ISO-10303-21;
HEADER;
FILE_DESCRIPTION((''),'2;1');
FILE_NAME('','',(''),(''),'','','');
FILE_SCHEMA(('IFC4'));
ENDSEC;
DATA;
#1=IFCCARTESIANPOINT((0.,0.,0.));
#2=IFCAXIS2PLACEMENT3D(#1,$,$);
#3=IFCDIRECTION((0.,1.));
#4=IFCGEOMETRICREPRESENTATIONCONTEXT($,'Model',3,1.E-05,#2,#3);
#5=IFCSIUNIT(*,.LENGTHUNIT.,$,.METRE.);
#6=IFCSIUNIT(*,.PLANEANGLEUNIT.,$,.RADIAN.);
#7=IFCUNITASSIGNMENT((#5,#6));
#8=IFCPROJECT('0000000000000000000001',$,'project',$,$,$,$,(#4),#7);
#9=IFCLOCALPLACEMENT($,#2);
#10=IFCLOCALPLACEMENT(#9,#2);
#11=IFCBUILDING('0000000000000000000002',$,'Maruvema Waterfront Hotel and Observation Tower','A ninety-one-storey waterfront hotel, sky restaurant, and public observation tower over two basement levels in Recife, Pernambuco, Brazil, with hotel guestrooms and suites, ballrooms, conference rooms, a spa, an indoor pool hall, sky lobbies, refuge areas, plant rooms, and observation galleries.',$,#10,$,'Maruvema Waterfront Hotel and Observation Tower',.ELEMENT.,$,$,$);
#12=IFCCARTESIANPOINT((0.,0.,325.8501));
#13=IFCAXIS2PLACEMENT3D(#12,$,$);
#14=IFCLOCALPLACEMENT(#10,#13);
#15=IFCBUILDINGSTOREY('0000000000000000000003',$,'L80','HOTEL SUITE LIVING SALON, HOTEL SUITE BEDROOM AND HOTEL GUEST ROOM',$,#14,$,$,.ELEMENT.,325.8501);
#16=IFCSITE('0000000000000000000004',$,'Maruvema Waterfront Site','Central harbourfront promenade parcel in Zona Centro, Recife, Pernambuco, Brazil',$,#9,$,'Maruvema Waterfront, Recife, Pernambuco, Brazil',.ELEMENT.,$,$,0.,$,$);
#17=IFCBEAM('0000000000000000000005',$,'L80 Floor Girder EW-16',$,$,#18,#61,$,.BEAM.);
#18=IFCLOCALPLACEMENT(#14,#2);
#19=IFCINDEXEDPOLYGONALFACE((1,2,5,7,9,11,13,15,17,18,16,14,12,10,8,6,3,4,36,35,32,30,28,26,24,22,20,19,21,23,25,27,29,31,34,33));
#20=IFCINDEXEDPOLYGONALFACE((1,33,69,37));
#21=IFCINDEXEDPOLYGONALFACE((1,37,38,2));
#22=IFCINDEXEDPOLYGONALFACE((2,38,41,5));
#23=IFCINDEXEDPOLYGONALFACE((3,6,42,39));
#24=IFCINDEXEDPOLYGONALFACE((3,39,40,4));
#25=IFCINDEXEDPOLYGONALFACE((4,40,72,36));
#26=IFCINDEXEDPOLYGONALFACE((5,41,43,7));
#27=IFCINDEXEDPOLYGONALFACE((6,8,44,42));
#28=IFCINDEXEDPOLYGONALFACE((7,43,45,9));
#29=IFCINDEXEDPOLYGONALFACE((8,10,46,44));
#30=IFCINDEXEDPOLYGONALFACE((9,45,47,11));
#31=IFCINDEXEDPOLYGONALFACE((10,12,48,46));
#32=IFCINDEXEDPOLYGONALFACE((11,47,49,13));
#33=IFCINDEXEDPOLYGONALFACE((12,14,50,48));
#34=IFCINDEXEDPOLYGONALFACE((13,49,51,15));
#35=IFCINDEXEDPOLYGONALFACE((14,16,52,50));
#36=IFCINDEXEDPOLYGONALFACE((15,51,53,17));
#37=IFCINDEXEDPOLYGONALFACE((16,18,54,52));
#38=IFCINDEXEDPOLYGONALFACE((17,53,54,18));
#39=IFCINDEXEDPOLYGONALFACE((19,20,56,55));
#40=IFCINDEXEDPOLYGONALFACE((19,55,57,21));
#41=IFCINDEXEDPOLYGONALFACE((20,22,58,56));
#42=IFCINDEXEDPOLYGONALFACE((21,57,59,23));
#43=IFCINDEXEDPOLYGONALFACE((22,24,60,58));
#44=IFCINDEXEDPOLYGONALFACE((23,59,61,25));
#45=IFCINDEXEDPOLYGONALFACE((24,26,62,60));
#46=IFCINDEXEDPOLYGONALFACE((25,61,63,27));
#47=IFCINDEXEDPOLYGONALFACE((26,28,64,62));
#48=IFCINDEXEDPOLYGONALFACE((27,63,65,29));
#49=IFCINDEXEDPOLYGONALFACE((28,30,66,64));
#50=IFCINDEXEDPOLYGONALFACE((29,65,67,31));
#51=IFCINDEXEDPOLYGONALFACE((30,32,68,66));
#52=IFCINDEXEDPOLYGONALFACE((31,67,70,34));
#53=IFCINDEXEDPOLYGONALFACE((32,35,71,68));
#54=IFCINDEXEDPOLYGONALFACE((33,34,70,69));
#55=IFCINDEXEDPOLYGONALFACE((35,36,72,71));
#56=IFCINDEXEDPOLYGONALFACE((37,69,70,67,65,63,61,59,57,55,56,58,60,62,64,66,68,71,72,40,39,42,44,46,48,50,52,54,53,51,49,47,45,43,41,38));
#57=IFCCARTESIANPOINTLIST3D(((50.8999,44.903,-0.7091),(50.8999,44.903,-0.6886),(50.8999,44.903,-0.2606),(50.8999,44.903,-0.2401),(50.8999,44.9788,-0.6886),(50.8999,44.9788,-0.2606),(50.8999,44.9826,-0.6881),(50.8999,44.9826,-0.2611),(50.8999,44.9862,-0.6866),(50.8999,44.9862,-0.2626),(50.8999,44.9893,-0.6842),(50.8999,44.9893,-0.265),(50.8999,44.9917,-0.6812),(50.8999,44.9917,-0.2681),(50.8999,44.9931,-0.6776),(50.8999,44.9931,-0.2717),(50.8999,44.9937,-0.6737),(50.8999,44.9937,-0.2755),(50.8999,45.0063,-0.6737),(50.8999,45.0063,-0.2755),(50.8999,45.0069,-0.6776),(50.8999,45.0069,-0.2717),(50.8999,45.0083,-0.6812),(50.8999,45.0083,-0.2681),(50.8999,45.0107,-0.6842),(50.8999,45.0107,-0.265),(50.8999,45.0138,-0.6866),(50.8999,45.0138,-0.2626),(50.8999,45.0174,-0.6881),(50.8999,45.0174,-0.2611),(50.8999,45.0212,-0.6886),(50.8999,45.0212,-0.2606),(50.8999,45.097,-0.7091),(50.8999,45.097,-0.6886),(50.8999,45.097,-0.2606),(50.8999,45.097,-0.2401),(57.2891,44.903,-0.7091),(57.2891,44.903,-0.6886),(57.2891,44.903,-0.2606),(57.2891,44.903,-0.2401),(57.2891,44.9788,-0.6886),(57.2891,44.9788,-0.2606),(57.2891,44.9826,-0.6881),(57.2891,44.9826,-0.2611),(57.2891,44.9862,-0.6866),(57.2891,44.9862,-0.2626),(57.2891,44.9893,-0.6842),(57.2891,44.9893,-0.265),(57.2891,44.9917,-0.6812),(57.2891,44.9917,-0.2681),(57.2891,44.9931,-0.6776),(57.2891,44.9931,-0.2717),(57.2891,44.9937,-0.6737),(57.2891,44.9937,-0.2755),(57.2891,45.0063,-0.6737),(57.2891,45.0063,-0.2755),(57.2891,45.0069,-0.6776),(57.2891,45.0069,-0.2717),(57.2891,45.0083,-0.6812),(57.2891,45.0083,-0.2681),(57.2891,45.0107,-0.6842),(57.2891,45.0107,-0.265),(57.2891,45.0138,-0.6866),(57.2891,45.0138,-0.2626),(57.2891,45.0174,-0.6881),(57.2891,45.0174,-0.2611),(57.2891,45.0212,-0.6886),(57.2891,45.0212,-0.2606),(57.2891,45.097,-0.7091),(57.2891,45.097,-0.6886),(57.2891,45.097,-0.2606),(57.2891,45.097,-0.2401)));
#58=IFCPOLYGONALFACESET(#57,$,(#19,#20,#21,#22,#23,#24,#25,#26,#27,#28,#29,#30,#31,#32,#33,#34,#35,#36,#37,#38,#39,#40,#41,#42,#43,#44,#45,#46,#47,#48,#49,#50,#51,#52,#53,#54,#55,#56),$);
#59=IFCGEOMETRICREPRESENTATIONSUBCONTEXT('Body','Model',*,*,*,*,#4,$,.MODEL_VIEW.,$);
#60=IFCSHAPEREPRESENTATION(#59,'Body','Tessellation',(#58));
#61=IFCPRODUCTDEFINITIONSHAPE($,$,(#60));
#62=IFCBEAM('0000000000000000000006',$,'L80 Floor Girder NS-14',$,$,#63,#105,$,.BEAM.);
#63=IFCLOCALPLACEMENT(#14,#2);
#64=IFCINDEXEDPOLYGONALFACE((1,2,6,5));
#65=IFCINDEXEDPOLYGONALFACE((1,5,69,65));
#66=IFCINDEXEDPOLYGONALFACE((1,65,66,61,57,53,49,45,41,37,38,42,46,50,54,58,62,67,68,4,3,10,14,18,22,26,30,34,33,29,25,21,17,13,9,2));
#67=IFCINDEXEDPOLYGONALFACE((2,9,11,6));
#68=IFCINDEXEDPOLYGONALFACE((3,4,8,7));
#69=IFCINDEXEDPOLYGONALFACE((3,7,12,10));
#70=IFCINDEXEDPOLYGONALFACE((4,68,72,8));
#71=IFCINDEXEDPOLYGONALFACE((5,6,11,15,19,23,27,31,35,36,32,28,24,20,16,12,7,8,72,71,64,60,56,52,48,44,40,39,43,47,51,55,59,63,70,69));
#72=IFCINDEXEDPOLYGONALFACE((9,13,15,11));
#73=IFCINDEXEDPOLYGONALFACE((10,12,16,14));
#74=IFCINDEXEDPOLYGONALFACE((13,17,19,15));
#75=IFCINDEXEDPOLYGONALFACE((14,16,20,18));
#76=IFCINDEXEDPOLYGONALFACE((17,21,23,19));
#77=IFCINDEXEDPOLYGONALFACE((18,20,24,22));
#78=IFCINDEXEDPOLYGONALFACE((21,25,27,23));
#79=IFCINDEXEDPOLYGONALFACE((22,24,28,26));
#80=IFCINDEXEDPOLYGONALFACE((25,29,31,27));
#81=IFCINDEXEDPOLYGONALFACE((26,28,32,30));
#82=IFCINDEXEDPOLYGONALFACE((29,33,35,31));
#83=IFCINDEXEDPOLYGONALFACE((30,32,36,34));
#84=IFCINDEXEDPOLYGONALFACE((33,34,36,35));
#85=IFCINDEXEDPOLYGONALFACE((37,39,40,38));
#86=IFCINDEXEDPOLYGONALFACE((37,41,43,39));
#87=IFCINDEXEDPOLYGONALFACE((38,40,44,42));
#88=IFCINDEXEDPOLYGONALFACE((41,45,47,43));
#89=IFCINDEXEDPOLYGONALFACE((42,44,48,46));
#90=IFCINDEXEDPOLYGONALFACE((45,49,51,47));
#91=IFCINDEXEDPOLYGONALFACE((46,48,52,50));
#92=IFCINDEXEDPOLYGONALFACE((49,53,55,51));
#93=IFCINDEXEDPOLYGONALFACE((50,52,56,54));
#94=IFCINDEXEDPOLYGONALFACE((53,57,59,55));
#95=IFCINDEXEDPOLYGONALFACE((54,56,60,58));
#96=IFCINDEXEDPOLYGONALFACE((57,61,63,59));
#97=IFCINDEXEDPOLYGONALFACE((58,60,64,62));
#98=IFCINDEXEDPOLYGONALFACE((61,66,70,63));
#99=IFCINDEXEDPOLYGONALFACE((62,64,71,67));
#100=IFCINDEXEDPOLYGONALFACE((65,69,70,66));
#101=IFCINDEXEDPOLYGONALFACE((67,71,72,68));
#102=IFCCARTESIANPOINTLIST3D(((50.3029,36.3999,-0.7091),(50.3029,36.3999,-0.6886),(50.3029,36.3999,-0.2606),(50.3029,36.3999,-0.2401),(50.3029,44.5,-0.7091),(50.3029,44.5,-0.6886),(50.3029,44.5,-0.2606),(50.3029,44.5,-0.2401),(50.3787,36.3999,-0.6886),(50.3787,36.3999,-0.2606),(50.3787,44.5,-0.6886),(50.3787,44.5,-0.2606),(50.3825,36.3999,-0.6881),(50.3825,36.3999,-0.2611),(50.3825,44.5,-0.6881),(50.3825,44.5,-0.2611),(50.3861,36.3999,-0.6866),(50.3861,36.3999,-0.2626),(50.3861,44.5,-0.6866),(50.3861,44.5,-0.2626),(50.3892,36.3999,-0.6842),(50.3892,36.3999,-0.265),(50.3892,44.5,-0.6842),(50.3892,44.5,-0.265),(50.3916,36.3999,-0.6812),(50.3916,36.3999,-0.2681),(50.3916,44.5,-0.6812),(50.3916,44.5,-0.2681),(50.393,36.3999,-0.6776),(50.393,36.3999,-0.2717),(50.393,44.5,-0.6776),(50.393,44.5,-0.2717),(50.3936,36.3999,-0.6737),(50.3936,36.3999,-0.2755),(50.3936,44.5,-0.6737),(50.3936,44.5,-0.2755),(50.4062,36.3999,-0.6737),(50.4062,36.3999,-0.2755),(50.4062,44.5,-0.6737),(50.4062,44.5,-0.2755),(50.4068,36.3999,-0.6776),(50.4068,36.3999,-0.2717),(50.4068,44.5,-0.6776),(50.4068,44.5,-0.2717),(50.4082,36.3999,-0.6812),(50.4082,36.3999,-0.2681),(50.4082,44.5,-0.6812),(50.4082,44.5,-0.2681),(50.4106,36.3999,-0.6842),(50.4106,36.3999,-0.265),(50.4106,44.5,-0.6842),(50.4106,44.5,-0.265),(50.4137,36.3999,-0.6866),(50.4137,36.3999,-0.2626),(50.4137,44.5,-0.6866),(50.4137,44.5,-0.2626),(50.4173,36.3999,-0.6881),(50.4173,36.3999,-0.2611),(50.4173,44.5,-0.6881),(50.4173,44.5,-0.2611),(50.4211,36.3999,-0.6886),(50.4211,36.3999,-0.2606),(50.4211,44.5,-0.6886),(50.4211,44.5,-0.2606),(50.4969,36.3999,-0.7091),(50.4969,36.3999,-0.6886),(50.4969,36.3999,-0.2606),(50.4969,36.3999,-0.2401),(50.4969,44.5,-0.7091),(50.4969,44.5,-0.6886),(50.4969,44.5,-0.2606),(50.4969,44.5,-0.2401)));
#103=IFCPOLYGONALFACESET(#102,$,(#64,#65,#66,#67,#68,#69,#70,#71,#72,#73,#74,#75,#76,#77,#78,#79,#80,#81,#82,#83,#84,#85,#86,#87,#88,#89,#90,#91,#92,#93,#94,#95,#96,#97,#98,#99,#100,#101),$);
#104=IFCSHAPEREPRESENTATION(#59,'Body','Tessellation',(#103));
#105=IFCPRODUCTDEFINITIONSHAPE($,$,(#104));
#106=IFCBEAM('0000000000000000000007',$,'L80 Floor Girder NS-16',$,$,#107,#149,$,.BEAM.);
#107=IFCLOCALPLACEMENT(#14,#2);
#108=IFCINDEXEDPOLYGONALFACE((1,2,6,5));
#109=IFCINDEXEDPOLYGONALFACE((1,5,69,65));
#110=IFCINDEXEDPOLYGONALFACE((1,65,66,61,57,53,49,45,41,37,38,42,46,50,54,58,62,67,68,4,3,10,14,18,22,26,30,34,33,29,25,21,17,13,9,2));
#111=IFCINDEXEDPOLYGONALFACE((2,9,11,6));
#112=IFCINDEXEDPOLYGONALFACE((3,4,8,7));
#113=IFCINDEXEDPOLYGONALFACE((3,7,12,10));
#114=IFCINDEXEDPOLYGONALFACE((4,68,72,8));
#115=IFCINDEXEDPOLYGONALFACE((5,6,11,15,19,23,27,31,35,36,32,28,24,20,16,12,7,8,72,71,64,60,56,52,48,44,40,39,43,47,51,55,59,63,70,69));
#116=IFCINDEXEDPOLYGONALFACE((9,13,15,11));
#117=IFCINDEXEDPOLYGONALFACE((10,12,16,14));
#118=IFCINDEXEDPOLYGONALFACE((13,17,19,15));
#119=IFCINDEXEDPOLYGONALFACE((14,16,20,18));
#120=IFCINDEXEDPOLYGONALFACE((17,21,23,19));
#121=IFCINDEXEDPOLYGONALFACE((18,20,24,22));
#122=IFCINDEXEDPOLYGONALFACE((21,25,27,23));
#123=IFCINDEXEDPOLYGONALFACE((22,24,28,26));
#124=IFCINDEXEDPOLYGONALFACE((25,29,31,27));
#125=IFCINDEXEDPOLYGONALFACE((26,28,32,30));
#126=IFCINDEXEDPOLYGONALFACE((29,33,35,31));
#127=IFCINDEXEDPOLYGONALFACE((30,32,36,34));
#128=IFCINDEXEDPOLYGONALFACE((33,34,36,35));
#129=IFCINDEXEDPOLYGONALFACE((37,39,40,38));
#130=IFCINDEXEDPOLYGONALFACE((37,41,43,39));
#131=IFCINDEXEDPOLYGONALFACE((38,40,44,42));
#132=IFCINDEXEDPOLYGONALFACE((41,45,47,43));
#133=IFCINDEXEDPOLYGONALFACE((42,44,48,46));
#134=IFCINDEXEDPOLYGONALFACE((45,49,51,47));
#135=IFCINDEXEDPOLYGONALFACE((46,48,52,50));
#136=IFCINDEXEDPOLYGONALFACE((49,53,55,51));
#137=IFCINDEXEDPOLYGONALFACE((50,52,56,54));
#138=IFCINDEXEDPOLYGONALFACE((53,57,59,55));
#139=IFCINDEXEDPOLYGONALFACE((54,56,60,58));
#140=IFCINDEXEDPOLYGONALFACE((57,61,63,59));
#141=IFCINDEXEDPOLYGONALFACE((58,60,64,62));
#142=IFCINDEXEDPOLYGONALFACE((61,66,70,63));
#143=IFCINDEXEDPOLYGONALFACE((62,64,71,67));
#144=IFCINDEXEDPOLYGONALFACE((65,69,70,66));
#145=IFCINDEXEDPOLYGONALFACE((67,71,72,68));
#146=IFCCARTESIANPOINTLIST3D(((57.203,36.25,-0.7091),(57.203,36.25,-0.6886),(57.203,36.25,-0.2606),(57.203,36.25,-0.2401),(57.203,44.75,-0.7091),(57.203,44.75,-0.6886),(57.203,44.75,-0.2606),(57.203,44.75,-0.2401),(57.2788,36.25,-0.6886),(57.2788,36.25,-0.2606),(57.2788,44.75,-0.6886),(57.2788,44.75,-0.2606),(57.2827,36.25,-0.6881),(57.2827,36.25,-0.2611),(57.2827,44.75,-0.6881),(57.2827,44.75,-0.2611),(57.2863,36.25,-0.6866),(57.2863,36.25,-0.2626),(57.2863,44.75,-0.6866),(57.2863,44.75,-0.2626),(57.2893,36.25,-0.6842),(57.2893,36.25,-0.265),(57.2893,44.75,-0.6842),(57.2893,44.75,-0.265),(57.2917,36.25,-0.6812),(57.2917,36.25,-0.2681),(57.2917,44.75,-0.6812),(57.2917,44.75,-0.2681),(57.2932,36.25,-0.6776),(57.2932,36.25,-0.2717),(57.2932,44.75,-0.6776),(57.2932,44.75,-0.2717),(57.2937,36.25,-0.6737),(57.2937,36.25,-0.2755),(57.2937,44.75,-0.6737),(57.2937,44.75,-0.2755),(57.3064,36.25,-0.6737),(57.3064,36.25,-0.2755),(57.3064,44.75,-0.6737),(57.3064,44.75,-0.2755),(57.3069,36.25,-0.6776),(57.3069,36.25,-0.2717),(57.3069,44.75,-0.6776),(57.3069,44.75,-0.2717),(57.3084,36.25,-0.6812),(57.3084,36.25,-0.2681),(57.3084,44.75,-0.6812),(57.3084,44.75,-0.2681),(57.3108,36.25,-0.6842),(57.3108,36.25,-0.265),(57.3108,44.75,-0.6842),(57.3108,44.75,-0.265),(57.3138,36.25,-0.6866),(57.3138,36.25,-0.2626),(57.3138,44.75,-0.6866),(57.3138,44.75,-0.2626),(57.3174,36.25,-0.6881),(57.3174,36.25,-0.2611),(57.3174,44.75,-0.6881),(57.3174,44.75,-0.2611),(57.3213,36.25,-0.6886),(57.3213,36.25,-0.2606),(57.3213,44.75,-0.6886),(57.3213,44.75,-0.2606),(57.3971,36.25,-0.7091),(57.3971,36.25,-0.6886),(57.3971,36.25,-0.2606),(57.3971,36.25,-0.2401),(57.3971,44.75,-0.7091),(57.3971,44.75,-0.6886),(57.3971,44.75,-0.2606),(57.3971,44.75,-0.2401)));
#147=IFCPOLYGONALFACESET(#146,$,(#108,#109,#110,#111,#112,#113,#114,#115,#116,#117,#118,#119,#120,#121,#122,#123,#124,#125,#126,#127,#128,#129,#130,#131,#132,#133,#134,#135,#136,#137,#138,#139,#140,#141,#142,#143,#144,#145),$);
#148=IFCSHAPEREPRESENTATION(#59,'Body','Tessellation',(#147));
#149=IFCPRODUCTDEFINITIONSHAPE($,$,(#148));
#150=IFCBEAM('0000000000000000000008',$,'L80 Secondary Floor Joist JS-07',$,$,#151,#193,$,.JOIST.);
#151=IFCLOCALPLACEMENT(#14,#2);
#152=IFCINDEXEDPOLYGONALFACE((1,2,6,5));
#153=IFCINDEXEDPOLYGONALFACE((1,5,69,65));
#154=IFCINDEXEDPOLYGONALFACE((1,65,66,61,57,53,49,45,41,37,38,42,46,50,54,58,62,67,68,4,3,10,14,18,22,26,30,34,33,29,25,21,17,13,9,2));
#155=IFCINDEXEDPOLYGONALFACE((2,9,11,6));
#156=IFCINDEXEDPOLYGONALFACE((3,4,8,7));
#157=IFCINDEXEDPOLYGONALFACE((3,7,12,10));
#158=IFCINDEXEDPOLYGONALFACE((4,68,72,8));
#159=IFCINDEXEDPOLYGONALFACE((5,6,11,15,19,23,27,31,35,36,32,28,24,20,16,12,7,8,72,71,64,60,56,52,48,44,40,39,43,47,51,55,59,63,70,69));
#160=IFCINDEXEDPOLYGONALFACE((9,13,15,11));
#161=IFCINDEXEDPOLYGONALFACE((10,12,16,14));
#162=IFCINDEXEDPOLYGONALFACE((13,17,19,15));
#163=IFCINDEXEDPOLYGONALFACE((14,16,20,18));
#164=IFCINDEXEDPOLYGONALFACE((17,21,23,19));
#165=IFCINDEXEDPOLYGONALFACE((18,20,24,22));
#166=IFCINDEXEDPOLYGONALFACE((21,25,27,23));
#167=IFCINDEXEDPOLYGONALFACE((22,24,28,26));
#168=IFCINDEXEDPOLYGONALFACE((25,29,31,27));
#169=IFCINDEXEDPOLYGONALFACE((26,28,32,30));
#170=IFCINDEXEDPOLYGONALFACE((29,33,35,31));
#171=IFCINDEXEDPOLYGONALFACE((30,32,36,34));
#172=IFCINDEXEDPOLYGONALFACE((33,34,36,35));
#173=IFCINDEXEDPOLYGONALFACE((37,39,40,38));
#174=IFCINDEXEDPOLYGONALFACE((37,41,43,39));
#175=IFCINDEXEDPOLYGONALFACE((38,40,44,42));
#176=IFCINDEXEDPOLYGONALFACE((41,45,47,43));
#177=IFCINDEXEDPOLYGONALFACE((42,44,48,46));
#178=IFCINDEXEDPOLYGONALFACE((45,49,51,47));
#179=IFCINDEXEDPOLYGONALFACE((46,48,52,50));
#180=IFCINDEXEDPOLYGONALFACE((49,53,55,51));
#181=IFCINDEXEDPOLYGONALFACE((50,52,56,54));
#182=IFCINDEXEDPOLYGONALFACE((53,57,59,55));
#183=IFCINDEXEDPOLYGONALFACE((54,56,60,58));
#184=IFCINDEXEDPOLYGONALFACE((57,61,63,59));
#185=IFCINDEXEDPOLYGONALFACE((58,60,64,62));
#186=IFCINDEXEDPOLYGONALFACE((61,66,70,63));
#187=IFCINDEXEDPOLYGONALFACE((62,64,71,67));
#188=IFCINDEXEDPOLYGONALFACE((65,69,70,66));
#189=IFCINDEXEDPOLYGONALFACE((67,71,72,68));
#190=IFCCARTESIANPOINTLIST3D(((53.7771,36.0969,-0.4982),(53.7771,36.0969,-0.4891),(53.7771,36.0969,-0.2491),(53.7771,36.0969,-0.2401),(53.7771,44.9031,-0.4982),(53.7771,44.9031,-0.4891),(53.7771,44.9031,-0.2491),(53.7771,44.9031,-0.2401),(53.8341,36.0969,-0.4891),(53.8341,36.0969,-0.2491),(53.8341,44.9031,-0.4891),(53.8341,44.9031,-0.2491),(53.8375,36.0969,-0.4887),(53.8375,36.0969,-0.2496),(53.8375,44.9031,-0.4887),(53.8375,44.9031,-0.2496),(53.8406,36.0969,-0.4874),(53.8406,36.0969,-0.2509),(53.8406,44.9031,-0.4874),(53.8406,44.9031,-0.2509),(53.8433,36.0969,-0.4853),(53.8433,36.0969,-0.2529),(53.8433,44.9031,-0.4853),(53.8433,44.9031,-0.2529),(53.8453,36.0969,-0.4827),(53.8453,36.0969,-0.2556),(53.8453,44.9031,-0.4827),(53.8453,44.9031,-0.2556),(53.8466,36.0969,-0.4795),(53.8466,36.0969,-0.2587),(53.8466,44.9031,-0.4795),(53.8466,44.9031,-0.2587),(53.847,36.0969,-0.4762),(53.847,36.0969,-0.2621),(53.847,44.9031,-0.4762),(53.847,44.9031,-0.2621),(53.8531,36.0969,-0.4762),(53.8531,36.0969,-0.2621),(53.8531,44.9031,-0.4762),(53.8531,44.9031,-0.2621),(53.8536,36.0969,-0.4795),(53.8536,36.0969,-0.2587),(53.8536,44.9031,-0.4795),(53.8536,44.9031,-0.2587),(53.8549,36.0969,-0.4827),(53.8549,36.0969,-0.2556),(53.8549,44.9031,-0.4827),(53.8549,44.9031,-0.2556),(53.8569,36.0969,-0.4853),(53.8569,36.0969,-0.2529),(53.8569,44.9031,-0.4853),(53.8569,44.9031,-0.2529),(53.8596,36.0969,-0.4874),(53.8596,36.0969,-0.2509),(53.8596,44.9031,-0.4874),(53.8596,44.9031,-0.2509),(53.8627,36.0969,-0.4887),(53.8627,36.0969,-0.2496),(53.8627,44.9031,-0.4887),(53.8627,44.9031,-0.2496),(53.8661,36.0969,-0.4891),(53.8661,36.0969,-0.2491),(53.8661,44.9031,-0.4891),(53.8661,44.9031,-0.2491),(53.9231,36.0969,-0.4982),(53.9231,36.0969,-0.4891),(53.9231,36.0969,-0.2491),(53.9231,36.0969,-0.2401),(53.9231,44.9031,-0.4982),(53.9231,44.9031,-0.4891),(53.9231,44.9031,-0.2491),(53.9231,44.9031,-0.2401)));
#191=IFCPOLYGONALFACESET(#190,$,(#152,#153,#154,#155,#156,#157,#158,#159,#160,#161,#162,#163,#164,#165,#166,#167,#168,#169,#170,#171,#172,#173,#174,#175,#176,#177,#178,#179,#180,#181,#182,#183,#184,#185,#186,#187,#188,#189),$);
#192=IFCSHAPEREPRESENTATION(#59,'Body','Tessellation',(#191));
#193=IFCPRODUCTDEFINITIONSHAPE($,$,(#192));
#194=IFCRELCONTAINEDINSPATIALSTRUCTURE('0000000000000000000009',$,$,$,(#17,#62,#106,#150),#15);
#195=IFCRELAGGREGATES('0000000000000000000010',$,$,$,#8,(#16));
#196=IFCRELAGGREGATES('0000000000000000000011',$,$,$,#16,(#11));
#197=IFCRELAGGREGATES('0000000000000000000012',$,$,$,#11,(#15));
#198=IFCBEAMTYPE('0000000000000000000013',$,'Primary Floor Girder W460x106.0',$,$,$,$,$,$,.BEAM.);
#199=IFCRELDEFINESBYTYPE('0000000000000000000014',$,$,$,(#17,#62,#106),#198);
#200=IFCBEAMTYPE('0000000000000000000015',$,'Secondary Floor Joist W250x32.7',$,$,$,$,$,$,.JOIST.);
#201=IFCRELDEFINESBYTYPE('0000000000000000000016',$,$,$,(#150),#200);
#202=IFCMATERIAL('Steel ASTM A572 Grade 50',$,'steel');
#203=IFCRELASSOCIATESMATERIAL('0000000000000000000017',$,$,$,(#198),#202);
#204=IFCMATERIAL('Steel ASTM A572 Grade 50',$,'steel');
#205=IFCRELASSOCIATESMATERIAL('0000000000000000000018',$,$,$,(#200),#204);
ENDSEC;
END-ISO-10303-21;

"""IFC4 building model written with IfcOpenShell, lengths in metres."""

from ifc_helpers import new_model, si_unit, direction, frame, origin, origin_2d, place, context, subcontext, project, spatial, i_section, extrude, material, material_profile, profile_set, type_object, element, save


model = new_model("IFC4")

# Units and contexts
model_context = context("Model", 3, precision=1e-05, world=origin(), true_north=direction((0.0, 1.0)))
body_context = subcontext(model_context, "Body", "Model", "MODEL_VIEW")
ifc_project = project(units=[si_unit("LENGTHUNIT", "METRE"), si_unit("PLANEANGLEUNIT", "RADIAN")], contexts=[model_context])

# Site, building, storey
site_placement = place(None, origin())
site = spatial("IfcSite", under=ifc_project, at=site_placement, Name="Maruvema Waterfront Site", Description="Central harbourfront promenade parcel in Zona Centro, Recife, Pernambuco, Brazil", LongName="Maruvema Waterfront, Recife, Pernambuco, Brazil", CompositionType="ELEMENT", RefElevation=0.0)
building_placement = place(site_placement, origin())
building = spatial("IfcBuilding", under=site, at=building_placement, Name="Maruvema Waterfront Hotel and Observation Tower", Description="A ninety-one-storey waterfront hotel, sky restaurant, and public observation tower over two basement levels in Recife, Pernambuco, Brazil, with hotel guestrooms and suites, ballrooms, conference rooms, a spa, an indoor pool hall, sky lobbies, refuge areas, plant rooms, and observation galleries.", LongName="Maruvema Waterfront Hotel and Observation Tower", CompositionType="ELEMENT")
storey_placement = place(building_placement, frame((0.0, 0.0, 325.8501)))
storey = spatial("IfcBuildingStorey", under=building, at=storey_placement, Name="L80", Description="HOTEL SUITE LIVING SALON, HOTEL SUITE BEDROOM AND HOTEL GUEST ROOM", CompositionType="ELEMENT", Elevation=325.8501)

# Beams
ifc_material_1 = material(Name="Steel ASTM A572 Grade 50", Category="steel")
ifc_material_profile_1 = material_profile(ifc_material_1, i_section(OverallWidth=0.1941, OverallDepth=0.469, WebThickness=0.0127, FlangeThickness=0.0205, FilletRadius=0.0149, at=origin_2d()), Name="W460x106.0")
ifc_profile_set_1 = profile_set([ifc_material_profile_1], Name="Steel ASTM A572 Grade 50")
beam_type_1 = type_object("IfcBeamType", Name="Primary Floor Girder W460x106.0", PredefinedType="BEAM", material=ifc_profile_set_1)
beam_1_placement = place(storey_placement, frame((50.8999, 45.0, -0.4746), z_axis=(1.0, 0.0, 0.0), x_axis=(0.0, 1.0, 0.0)))
element("IfcBeam", 1, at=beam_1_placement, inside=storey, type_object=beam_type_1, Name="L80 Floor Girder EW-16", PredefinedType="BEAM", context=body_context, shape_type="SweptSolid", body=[
    extrude(i_section(OverallWidth=0.1941, OverallDepth=0.469, WebThickness=0.0127, FlangeThickness=0.0205, FilletRadius=0.0149, at=origin_2d()), origin(), (0.0, 0.0, 1.0), 6.3892),
])
beam_2_placement = place(storey_placement, frame((50.3999, 36.3999, -0.4746), z_axis=(0.0, 1.0, 0.0), x_axis=(-1.0, 0.0, 0.0)))
element("IfcBeam", 2, at=beam_2_placement, inside=storey, type_object=beam_type_1, Name="L80 Floor Girder NS-14", PredefinedType="BEAM", context=body_context, shape_type="SweptSolid", body=[
    extrude(i_section(OverallWidth=0.1941, OverallDepth=0.469, WebThickness=0.0127, FlangeThickness=0.0205, FilletRadius=0.0149, at=origin_2d()), origin(), (0.0, 0.0, 1.0), 8.1001),
])
beam_3_placement = place(storey_placement, frame((57.3, 36.25, -0.4746), z_axis=(0.0, 1.0, 0.0), x_axis=(-1.0, 0.0, 0.0)))
element("IfcBeam", 3, at=beam_3_placement, inside=storey, type_object=beam_type_1, Name="L80 Floor Girder NS-16", PredefinedType="BEAM", context=body_context, shape_type="SweptSolid", body=[
    extrude(i_section(OverallWidth=0.1941, OverallDepth=0.469, WebThickness=0.0127, FlangeThickness=0.0205, FilletRadius=0.0149, at=origin_2d()), origin(), (0.0, 0.0, 1.0), 8.5),
])
ifc_material_2 = material(Name="Steel ASTM A572 Grade 50", Category="steel")
ifc_material_profile_2 = material_profile(ifc_material_2, i_section(OverallWidth=0.146, OverallDepth=0.2581, WebThickness=0.0061, FlangeThickness=0.009, FilletRadius=0.0129, at=origin_2d()), Name="W250x32.7")
ifc_profile_set_2 = profile_set([ifc_material_profile_2], Name="Steel ASTM A572 Grade 50")
beam_type_2 = type_object("IfcBeamType", Name="Secondary Floor Joist W250x32.7", PredefinedType="JOIST", material=ifc_profile_set_2)
beam_4_placement = place(storey_placement, frame((53.8501, 36.0969, -0.3691), z_axis=(0.0, 1.0, 0.0), x_axis=(-1.0, 0.0, 0.0)))
element("IfcBeam", 4, at=beam_4_placement, inside=storey, type_object=beam_type_2, Name="L80 Secondary Floor Joist JS-07", PredefinedType="JOIST", context=body_context, shape_type="SweptSolid", body=[
    extrude(i_section(OverallWidth=0.146, OverallDepth=0.2581, WebThickness=0.0061, FlangeThickness=0.009, FilletRadius=0.0129, at=origin_2d()), origin(), (0.0, 0.0, 1.0), 8.8062),
])

save(model, "model.ifc")
